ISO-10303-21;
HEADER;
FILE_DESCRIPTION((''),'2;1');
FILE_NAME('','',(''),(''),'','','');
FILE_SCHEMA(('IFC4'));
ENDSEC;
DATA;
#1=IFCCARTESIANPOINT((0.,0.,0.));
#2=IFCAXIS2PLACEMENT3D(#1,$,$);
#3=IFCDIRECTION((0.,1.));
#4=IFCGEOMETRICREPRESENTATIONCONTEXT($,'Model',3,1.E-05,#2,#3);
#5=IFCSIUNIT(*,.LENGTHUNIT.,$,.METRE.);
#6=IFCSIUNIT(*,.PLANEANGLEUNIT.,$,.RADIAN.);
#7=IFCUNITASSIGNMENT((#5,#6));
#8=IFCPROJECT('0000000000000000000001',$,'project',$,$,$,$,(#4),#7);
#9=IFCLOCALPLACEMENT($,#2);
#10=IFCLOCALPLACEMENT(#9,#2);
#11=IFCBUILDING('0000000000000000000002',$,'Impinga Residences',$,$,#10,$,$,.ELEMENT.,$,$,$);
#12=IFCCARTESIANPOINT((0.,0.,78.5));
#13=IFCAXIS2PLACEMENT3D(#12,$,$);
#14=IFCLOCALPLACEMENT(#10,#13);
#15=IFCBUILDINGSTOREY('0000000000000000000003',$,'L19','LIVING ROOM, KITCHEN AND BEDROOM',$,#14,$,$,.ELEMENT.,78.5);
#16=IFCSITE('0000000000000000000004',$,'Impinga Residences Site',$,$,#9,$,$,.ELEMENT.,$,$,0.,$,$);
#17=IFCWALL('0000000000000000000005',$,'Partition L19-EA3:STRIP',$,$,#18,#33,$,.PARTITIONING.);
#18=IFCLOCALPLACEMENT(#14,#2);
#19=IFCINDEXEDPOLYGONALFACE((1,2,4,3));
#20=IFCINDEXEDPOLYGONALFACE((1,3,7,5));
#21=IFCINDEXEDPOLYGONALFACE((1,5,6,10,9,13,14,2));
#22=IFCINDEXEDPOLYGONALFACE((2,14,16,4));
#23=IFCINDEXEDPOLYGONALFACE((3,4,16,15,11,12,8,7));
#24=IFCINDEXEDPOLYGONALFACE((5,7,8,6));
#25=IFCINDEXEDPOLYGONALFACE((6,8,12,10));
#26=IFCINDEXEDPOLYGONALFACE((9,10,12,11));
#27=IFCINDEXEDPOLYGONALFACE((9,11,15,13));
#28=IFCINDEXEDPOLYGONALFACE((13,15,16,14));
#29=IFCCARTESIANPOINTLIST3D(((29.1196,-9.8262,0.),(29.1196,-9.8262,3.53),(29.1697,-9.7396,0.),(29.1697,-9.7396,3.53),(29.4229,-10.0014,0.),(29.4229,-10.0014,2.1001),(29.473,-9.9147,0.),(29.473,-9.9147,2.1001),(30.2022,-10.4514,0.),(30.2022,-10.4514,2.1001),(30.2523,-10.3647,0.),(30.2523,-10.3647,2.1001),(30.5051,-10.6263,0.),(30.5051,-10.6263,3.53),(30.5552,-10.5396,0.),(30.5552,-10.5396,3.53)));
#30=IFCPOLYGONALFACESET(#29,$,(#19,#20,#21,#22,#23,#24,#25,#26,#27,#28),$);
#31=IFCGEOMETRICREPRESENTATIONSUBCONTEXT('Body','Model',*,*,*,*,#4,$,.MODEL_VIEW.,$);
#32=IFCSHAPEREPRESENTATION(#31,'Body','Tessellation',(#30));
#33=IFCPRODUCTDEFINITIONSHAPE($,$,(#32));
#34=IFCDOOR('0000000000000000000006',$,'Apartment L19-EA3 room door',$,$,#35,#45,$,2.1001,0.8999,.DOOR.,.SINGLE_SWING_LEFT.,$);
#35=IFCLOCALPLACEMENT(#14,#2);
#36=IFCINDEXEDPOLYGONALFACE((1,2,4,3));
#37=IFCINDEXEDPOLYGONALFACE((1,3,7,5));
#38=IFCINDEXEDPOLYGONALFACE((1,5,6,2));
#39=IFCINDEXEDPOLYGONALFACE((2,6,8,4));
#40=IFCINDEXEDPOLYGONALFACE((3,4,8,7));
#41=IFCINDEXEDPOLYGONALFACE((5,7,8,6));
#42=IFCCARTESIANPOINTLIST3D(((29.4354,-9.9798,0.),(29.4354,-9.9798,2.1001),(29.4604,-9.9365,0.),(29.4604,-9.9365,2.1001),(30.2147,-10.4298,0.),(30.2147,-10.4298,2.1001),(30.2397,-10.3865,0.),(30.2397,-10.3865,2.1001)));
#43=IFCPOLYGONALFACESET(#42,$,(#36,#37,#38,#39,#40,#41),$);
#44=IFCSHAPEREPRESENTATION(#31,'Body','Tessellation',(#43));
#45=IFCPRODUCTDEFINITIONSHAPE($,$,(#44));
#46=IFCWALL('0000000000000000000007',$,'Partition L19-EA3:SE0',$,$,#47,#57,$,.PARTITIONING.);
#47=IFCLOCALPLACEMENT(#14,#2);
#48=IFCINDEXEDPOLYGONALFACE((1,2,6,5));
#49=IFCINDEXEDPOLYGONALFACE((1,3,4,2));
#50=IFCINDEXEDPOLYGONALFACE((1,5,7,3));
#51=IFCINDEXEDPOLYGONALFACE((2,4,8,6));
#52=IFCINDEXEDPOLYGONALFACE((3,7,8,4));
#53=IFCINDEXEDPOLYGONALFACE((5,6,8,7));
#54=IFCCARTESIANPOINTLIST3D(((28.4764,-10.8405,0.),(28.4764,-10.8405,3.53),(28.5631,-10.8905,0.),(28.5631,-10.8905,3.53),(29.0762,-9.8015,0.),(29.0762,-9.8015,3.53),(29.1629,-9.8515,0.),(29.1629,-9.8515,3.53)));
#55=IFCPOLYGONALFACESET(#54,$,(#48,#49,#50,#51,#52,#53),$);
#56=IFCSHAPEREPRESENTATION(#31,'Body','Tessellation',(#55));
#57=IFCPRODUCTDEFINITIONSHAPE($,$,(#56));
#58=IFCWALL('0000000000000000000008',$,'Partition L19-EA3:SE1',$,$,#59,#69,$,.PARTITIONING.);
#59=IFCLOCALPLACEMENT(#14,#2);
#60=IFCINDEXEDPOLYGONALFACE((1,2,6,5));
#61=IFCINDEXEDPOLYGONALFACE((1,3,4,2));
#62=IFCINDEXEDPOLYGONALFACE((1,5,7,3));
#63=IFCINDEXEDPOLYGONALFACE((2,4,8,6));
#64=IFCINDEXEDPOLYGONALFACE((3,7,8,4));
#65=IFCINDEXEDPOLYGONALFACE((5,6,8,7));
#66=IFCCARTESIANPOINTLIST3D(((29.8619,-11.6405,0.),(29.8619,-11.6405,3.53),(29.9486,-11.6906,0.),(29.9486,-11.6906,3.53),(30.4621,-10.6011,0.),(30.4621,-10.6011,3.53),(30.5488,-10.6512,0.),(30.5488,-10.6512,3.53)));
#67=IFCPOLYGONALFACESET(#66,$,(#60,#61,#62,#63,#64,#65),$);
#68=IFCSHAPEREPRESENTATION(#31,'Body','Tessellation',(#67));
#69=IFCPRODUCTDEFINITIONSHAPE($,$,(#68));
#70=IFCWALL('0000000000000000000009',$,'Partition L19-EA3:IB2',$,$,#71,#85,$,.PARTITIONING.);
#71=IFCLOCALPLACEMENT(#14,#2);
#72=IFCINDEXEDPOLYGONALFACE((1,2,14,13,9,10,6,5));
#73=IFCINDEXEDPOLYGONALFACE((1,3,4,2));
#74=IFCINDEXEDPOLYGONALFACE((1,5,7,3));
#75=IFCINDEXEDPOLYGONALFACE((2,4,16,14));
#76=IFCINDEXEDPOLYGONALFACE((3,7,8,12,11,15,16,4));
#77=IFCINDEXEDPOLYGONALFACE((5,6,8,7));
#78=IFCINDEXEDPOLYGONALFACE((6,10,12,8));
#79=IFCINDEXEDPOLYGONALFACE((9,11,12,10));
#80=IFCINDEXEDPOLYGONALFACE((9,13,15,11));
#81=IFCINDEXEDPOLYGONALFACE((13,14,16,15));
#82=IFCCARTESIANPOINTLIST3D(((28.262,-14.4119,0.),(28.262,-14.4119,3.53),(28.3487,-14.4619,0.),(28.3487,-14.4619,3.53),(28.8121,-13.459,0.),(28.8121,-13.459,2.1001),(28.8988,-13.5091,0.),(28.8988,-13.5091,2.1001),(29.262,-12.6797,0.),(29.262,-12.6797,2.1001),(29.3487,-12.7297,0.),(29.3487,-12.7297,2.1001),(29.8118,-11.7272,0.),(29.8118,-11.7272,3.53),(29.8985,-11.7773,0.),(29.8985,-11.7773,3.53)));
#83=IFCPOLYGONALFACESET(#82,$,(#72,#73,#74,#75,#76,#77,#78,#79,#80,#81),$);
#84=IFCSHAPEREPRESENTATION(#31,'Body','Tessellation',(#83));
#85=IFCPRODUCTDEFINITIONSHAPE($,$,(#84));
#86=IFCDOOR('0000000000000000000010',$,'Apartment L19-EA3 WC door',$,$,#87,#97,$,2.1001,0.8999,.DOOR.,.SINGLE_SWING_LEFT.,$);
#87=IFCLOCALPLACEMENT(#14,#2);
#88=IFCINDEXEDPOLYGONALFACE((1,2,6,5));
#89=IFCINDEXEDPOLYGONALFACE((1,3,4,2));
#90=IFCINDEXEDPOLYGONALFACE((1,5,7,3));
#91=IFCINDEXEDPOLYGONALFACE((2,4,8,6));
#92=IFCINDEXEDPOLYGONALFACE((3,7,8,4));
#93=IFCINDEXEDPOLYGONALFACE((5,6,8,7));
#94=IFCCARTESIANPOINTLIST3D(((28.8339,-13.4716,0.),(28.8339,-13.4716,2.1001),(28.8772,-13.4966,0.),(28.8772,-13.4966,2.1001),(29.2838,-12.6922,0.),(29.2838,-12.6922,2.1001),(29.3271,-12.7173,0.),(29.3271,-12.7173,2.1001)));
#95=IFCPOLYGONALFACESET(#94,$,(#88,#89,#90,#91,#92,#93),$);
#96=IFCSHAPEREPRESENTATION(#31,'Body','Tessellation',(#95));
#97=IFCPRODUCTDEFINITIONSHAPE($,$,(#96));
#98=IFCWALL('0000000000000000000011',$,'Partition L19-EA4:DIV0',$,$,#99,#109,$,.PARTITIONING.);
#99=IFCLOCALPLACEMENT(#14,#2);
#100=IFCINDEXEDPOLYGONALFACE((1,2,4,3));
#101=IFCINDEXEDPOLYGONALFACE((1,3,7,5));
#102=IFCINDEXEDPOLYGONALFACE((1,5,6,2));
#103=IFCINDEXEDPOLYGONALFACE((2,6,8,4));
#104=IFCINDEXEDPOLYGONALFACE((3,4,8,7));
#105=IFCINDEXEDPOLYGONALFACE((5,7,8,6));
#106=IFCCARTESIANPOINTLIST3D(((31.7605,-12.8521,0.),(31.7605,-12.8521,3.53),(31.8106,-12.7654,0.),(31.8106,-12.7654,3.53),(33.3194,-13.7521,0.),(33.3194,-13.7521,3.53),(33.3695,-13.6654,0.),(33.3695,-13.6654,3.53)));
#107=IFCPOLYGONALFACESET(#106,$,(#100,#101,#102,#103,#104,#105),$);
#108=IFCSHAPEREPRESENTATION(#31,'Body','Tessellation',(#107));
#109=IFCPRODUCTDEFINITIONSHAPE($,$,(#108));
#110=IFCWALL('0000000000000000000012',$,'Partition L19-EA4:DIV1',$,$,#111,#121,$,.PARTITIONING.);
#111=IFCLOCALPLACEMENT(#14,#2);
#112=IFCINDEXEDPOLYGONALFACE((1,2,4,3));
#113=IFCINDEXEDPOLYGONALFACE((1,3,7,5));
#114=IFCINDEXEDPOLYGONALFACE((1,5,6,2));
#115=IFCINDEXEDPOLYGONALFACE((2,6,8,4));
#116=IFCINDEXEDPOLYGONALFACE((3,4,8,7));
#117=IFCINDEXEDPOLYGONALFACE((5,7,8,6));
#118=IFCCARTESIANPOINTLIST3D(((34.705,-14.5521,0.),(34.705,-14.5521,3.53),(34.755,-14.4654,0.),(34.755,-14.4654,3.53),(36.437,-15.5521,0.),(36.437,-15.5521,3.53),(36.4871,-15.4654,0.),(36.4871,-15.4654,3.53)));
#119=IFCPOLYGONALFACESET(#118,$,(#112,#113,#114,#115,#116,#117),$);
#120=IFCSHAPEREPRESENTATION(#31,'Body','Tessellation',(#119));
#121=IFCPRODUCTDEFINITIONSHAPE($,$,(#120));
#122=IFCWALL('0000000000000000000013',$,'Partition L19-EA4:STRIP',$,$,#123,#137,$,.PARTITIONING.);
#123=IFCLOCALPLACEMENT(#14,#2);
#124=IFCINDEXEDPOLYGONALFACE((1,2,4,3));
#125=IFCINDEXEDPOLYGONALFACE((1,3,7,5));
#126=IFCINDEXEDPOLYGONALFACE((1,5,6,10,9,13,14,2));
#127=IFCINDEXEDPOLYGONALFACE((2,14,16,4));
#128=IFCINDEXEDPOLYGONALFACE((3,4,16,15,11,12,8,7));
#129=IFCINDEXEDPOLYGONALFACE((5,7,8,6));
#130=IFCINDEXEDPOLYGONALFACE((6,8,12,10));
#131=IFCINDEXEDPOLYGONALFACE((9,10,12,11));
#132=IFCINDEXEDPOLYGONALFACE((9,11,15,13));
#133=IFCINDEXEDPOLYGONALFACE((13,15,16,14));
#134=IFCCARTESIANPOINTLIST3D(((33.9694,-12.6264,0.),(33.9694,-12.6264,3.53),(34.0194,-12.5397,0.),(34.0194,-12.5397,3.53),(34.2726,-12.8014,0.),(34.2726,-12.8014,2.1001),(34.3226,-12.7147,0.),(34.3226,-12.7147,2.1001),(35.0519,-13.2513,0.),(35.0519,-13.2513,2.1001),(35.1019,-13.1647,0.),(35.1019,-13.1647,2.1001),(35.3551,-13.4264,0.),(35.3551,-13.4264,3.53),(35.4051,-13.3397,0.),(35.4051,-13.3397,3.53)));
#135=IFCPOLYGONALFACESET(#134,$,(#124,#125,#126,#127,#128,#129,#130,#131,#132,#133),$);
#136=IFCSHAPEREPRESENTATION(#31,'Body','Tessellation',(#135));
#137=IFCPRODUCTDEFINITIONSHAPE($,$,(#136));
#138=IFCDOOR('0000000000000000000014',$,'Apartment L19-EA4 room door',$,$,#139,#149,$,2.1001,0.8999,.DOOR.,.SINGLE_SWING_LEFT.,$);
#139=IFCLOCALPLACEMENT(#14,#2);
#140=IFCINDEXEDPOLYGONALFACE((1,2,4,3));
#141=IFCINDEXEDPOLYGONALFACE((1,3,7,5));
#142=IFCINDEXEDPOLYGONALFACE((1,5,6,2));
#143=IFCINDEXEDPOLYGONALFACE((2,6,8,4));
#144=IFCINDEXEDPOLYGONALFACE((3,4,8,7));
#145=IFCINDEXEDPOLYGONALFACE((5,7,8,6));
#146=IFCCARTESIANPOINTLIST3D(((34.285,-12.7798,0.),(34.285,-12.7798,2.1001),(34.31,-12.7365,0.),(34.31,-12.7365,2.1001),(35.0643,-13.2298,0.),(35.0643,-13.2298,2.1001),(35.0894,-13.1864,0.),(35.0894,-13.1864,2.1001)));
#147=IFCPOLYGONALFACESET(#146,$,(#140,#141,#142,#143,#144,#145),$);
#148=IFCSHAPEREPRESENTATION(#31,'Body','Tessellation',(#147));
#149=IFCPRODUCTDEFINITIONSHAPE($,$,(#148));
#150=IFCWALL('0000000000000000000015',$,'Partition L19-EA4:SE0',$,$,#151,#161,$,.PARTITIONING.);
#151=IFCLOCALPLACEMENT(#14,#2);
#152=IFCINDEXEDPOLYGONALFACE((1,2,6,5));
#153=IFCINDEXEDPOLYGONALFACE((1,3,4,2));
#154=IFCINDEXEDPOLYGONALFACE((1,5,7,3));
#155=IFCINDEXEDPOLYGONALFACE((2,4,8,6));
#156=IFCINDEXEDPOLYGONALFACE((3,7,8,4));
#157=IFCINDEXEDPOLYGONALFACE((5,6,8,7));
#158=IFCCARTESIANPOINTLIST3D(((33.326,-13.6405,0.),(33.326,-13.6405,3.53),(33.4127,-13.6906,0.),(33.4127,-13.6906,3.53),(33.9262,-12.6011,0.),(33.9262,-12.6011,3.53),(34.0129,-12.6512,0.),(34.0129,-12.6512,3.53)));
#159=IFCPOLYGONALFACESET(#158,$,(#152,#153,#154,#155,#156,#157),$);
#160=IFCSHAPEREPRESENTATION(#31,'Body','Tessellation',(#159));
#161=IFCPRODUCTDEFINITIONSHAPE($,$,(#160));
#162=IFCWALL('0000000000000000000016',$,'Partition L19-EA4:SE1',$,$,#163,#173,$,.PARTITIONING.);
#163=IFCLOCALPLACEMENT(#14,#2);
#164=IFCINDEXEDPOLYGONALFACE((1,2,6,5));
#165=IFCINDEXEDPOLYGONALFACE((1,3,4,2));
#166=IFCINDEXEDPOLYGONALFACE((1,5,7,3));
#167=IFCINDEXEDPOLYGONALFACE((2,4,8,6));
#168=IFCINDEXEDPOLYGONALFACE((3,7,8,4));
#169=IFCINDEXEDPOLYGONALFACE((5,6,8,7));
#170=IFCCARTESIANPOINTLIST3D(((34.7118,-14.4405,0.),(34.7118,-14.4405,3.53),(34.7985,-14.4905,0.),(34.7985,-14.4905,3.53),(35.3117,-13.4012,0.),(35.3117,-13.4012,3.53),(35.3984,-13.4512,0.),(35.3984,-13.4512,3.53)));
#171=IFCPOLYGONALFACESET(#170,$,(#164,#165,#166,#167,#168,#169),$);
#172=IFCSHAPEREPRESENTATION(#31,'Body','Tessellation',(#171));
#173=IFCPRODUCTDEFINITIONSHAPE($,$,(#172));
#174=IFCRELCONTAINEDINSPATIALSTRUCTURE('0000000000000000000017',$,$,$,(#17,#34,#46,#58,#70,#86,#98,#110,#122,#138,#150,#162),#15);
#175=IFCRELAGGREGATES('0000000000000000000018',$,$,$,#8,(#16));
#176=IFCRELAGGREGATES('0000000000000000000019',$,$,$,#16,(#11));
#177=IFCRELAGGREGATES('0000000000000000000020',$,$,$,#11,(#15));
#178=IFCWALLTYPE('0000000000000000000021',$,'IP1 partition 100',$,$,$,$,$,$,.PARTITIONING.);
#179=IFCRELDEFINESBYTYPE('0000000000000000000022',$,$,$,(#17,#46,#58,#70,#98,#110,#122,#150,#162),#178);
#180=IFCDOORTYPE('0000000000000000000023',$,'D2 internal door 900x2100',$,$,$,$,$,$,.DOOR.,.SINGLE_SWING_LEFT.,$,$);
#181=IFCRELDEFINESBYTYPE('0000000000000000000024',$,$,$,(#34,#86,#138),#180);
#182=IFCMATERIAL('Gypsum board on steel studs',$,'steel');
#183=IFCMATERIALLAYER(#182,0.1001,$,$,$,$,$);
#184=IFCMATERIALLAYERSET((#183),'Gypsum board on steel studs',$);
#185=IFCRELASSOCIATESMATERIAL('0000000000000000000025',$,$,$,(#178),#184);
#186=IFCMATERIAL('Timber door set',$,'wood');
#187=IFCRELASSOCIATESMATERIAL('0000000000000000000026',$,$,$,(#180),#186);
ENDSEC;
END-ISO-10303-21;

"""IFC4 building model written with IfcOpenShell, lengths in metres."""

from ifc_helpers import new_model, si_unit, direction, frame, frame_2d, origin, place, context, subcontext, project, spatial, rectangle, extrude, material, layer, layer_set, type_object, element, fill, save


model = new_model("IFC4")

# Units and contexts
model_context = context("Model", 3, precision=1e-05, world=origin(), true_north=direction((0.0, 1.0)))
body_context = subcontext(model_context, "Body", "Model", "MODEL_VIEW")
ifc_project = project(units=[si_unit("LENGTHUNIT", "METRE"), si_unit("PLANEANGLEUNIT", "RADIAN")], contexts=[model_context])

# Site, building, storey
site_placement = place(None, origin())
site = spatial("IfcSite", under=ifc_project, at=site_placement, Name="Impinga Residences Site", CompositionType="ELEMENT", RefElevation=0.0)
building_placement = place(site_placement, origin())
building = spatial("IfcBuilding", under=site, at=building_placement, Name="Impinga Residences", CompositionType="ELEMENT")
storey_placement = place(building_placement, frame((0.0, 0.0, 78.5)))
storey = spatial("IfcBuildingStorey", under=building, at=storey_placement, Name="L19", Description="LIVING ROOM, KITCHEN AND BEDROOM", CompositionType="ELEMENT", Elevation=78.5)

# Shared definitions
ifc_material_1 = material(Name="Gypsum board on steel studs", Category="steel")
ifc_layer_1 = layer(ifc_material_1, 0.1001)
ifc_layer_set_1 = layer_set([ifc_layer_1], Name="Gypsum board on steel studs")
wall_type_1 = type_object("IfcWallType", Name="IP1 partition 100", PredefinedType="PARTITIONING", material=ifc_layer_set_1)

# Wall, opening, door
wall_1_placement = place(storey_placement, frame((29.1448, -9.783, 0.0), z_axis=(0.0, 0.0, 1.0), x_axis=(0.86599, -0.500061, 0.0)))
wall_1 = element("IfcWall", 1, at=wall_1_placement, inside=storey, type_object=wall_type_1, Name="Partition L19-EA3:STRIP", PredefinedType="PARTITIONING", context=body_context, shape_type="SweptSolid", body=[
    extrude(rectangle(XDim=1.5999, YDim=0.1001, at=frame_2d((0.7998, 0.0))), origin(), (0.0, 0.0, 1.0), 3.53),
])
opening_1_placement = place(wall_1_placement, frame((0.3501, 0.0, 0.0)))
opening_1 = element("IfcOpeningElement", 2, at=opening_1_placement, cuts=wall_1, PredefinedType="OPENING", context=body_context, shape_type="SweptSolid", body=[
    extrude(rectangle(XDim=0.8999, YDim=2.1001, at=frame_2d((0.45, 1.05))), frame((0.0, 0.0601, 0.0), z_axis=(0.0, -1.0, 0.0), x_axis=(1.0, 0.0, 0.0)), (0.0, 0.0, 1.0), 0.1201),
])
ifc_material_2 = material(Name="Timber door set", Category="wood")
door_type = type_object("IfcDoorType", Name="D2 internal door 900x2100", OperationType="SINGLE_SWING_LEFT", PredefinedType="DOOR", material=ifc_material_2)
door_1_placement = place(opening_1_placement, origin())
door_1 = element("IfcDoor", 3, at=door_1_placement, inside=storey, type_object=door_type, Name="Apartment L19-EA3 room door", OperationType="SINGLE_SWING_LEFT", OverallHeight=2.1001, OverallWidth=0.8999, PredefinedType="DOOR", context=body_context, shape_type="SweptSolid", body=[
    extrude(rectangle(XDim=0.8999, YDim=2.1001, at=frame_2d((0.45, 1.05))), frame((0.0, 0.0249, 0.0), z_axis=(0.0, -1.0, 0.0), x_axis=(1.0, 0.0, 0.0)), (0.0, 0.0, 1.0), 0.05),
])
fill(opening_1, door_1)

# Walls
wall_2_placement = place(storey_placement, frame((28.5198, -10.8655, 0.0), z_axis=(0.0, 0.0, 1.0), x_axis=(0.499969, 0.866043, 0.0)))
element("IfcWall", 4, at=wall_2_placement, inside=storey, type_object=wall_type_1, Name="Partition L19-EA3:SE0", PredefinedType="PARTITIONING", context=body_context, shape_type="SweptSolid", body=[
    extrude(rectangle(XDim=1.1997, YDim=0.1001, at=frame_2d((0.5999, 0.0))), origin(), (0.0, 0.0, 1.0), 3.53),
])
wall_3_placement = place(storey_placement, frame((29.9053, -11.6655, 0.0), z_axis=(0.0, 0.0, 1.0), x_axis=(0.500034, 0.866006, 0.0)))
element("IfcWall", 5, at=wall_3_placement, inside=storey, type_object=wall_type_1, Name="Partition L19-EA3:SE1", PredefinedType="PARTITIONING", context=body_context, shape_type="SweptSolid", body=[
    extrude(rectangle(XDim=1.2002, YDim=0.1001, at=frame_2d((0.6001, 0.0))), origin(), (0.0, 0.0, 1.0), 3.53),
])

# Wall, opening, door
wall_4_placement = place(storey_placement, frame((28.3054, -14.4368, 0.0), z_axis=(0.0, 0.0, 1.0), x_axis=(0.499968, 0.866044, 0.0)))
wall_4 = element("IfcWall", 6, at=wall_4_placement, inside=storey, type_object=wall_type_1, Name="Partition L19-EA3:IB2", PredefinedType="PARTITIONING", context=body_context, shape_type="SweptSolid", body=[
    extrude(rectangle(XDim=3.0999, YDim=0.1001, at=frame_2d((1.5498, 0.0))), origin(), (0.0, 0.0, 1.0), 3.53),
])
opening_2_placement = place(wall_4_placement, frame((1.1001, 0.0, 0.0)))
opening_2 = element("IfcOpeningElement", 7, at=opening_2_placement, cuts=wall_4, PredefinedType="OPENING", context=body_context, shape_type="SweptSolid", body=[
    extrude(rectangle(XDim=0.8999, YDim=2.1001, at=frame_2d((0.45, 1.05))), frame((0.0, 0.0601, 0.0), z_axis=(0.0, -1.0, 0.0), x_axis=(1.0, 0.0, 0.0)), (0.0, 0.0, 1.0), 0.1201),
])
door_2_placement = place(opening_2_placement, origin())
door_2 = element("IfcDoor", 8, at=door_2_placement, inside=storey, type_object=door_type, Name="Apartment L19-EA3 WC door", OperationType="SINGLE_SWING_LEFT", OverallHeight=2.1001, OverallWidth=0.8999, PredefinedType="DOOR", context=body_context, shape_type="SweptSolid", body=[
    extrude(rectangle(XDim=0.8999, YDim=2.1001, at=frame_2d((0.45, 1.05))), frame((0.0, 0.0249, 0.0), z_axis=(0.0, -1.0, 0.0), x_axis=(1.0, 0.0, 0.0)), (0.0, 0.0, 1.0), 0.05),
])
fill(opening_2, door_2)

# Walls
wall_5_placement = place(storey_placement, frame((31.7856, -12.8088, 0.0), z_axis=(0.0, 0.0, 1.0), x_axis=(0.866048, -0.499961, 0.0)))
element("IfcWall", 9, at=wall_5_placement, inside=storey, type_object=wall_type_1, Name="Partition L19-EA4:DIV0", PredefinedType="PARTITIONING", context=body_context, shape_type="SweptSolid", body=[
    extrude(rectangle(XDim=1.8, YDim=0.1001, at=frame_2d((0.8999, 0.0))), origin(), (0.0, 0.0, 1.0), 3.53),
])
wall_6_placement = place(storey_placement, frame((34.73, -14.5088, 0.0), z_axis=(0.0, 0.0, 1.0), x_axis=(0.866041, -0.499973, 0.0)))
element("IfcWall", 10, at=wall_6_placement, inside=storey, type_object=wall_type_1, Name="Partition L19-EA4:DIV1", PredefinedType="PARTITIONING", context=body_context, shape_type="SweptSolid", body=[
    extrude(rectangle(XDim=2.0, YDim=0.1001, at=frame_2d((1.0, 0.0))), origin(), (0.0, 0.0, 1.0), 3.53),
])

# Wall, opening, door
wall_7_placement = place(storey_placement, frame((33.9944, -12.583, 0.0), z_axis=(0.0, 0.0, 1.0), x_axis=(0.866028, -0.499995, 0.0)))
wall_7 = element("IfcWall", 11, at=wall_7_placement, inside=storey, type_object=wall_type_1, Name="Partition L19-EA4:STRIP", PredefinedType="PARTITIONING", context=body_context, shape_type="SweptSolid", body=[
    extrude(rectangle(XDim=1.6001, YDim=0.1001, at=frame_2d((0.8, 0.0))), origin(), (0.0, 0.0, 1.0), 3.53),
])
opening_3_placement = place(wall_7_placement, frame((0.3501, 0.0, 0.0)))
opening_3 = element("IfcOpeningElement", 12, at=opening_3_placement, cuts=wall_7, PredefinedType="OPENING", context=body_context, shape_type="SweptSolid", body=[
    extrude(rectangle(XDim=0.8999, YDim=2.1001, at=frame_2d((0.45, 1.05))), frame((0.0, 0.0601, 0.0), z_axis=(0.0, -1.0, 0.0), x_axis=(1.0, 0.0, 0.0)), (0.0, 0.0, 1.0), 0.1201),
])
door_3_placement = place(opening_3_placement, origin())
door_3 = element("IfcDoor", 13, at=door_3_placement, inside=storey, type_object=door_type, Name="Apartment L19-EA4 room door", OperationType="SINGLE_SWING_LEFT", OverallHeight=2.1001, OverallWidth=0.8999, PredefinedType="DOOR", context=body_context, shape_type="SweptSolid", body=[
    extrude(rectangle(XDim=0.8999, YDim=2.1001, at=frame_2d((0.45, 1.05))), frame((0.0, 0.0249, 0.0), z_axis=(0.0, -1.0, 0.0), x_axis=(1.0, 0.0, 0.0)), (0.0, 0.0, 1.0), 0.05),
])
fill(opening_3, door_3)

# Walls
wall_8_placement = place(storey_placement, frame((33.3694, -13.6655, 0.0), z_axis=(0.0, 0.0, 1.0), x_axis=(0.500034, 0.866006, 0.0)))
element("IfcWall", 14, at=wall_8_placement, inside=storey, type_object=wall_type_1, Name="Partition L19-EA4:SE0", PredefinedType="PARTITIONING", context=body_context, shape_type="SweptSolid", body=[
    extrude(rectangle(XDim=1.2002, YDim=0.1001, at=frame_2d((0.6001, 0.0))), origin(), (0.0, 0.0, 1.0), 3.53),
])
wall_9_placement = place(storey_placement, frame((34.7551, -14.4656, 0.0), z_axis=(0.0, 0.0, 1.0), x_axis=(0.499881, 0.866094, 0.0)))
element("IfcWall", 15, at=wall_9_placement, inside=storey, type_object=wall_type_1, Name="Partition L19-EA4:SE1", PredefinedType="PARTITIONING", context=body_context, shape_type="SweptSolid", body=[
    extrude(rectangle(XDim=1.2, YDim=0.1001, at=frame_2d((0.6001, 0.0))), origin(), (0.0, 0.0, 1.0), 3.53),
])

save(model, "model.ifc")
